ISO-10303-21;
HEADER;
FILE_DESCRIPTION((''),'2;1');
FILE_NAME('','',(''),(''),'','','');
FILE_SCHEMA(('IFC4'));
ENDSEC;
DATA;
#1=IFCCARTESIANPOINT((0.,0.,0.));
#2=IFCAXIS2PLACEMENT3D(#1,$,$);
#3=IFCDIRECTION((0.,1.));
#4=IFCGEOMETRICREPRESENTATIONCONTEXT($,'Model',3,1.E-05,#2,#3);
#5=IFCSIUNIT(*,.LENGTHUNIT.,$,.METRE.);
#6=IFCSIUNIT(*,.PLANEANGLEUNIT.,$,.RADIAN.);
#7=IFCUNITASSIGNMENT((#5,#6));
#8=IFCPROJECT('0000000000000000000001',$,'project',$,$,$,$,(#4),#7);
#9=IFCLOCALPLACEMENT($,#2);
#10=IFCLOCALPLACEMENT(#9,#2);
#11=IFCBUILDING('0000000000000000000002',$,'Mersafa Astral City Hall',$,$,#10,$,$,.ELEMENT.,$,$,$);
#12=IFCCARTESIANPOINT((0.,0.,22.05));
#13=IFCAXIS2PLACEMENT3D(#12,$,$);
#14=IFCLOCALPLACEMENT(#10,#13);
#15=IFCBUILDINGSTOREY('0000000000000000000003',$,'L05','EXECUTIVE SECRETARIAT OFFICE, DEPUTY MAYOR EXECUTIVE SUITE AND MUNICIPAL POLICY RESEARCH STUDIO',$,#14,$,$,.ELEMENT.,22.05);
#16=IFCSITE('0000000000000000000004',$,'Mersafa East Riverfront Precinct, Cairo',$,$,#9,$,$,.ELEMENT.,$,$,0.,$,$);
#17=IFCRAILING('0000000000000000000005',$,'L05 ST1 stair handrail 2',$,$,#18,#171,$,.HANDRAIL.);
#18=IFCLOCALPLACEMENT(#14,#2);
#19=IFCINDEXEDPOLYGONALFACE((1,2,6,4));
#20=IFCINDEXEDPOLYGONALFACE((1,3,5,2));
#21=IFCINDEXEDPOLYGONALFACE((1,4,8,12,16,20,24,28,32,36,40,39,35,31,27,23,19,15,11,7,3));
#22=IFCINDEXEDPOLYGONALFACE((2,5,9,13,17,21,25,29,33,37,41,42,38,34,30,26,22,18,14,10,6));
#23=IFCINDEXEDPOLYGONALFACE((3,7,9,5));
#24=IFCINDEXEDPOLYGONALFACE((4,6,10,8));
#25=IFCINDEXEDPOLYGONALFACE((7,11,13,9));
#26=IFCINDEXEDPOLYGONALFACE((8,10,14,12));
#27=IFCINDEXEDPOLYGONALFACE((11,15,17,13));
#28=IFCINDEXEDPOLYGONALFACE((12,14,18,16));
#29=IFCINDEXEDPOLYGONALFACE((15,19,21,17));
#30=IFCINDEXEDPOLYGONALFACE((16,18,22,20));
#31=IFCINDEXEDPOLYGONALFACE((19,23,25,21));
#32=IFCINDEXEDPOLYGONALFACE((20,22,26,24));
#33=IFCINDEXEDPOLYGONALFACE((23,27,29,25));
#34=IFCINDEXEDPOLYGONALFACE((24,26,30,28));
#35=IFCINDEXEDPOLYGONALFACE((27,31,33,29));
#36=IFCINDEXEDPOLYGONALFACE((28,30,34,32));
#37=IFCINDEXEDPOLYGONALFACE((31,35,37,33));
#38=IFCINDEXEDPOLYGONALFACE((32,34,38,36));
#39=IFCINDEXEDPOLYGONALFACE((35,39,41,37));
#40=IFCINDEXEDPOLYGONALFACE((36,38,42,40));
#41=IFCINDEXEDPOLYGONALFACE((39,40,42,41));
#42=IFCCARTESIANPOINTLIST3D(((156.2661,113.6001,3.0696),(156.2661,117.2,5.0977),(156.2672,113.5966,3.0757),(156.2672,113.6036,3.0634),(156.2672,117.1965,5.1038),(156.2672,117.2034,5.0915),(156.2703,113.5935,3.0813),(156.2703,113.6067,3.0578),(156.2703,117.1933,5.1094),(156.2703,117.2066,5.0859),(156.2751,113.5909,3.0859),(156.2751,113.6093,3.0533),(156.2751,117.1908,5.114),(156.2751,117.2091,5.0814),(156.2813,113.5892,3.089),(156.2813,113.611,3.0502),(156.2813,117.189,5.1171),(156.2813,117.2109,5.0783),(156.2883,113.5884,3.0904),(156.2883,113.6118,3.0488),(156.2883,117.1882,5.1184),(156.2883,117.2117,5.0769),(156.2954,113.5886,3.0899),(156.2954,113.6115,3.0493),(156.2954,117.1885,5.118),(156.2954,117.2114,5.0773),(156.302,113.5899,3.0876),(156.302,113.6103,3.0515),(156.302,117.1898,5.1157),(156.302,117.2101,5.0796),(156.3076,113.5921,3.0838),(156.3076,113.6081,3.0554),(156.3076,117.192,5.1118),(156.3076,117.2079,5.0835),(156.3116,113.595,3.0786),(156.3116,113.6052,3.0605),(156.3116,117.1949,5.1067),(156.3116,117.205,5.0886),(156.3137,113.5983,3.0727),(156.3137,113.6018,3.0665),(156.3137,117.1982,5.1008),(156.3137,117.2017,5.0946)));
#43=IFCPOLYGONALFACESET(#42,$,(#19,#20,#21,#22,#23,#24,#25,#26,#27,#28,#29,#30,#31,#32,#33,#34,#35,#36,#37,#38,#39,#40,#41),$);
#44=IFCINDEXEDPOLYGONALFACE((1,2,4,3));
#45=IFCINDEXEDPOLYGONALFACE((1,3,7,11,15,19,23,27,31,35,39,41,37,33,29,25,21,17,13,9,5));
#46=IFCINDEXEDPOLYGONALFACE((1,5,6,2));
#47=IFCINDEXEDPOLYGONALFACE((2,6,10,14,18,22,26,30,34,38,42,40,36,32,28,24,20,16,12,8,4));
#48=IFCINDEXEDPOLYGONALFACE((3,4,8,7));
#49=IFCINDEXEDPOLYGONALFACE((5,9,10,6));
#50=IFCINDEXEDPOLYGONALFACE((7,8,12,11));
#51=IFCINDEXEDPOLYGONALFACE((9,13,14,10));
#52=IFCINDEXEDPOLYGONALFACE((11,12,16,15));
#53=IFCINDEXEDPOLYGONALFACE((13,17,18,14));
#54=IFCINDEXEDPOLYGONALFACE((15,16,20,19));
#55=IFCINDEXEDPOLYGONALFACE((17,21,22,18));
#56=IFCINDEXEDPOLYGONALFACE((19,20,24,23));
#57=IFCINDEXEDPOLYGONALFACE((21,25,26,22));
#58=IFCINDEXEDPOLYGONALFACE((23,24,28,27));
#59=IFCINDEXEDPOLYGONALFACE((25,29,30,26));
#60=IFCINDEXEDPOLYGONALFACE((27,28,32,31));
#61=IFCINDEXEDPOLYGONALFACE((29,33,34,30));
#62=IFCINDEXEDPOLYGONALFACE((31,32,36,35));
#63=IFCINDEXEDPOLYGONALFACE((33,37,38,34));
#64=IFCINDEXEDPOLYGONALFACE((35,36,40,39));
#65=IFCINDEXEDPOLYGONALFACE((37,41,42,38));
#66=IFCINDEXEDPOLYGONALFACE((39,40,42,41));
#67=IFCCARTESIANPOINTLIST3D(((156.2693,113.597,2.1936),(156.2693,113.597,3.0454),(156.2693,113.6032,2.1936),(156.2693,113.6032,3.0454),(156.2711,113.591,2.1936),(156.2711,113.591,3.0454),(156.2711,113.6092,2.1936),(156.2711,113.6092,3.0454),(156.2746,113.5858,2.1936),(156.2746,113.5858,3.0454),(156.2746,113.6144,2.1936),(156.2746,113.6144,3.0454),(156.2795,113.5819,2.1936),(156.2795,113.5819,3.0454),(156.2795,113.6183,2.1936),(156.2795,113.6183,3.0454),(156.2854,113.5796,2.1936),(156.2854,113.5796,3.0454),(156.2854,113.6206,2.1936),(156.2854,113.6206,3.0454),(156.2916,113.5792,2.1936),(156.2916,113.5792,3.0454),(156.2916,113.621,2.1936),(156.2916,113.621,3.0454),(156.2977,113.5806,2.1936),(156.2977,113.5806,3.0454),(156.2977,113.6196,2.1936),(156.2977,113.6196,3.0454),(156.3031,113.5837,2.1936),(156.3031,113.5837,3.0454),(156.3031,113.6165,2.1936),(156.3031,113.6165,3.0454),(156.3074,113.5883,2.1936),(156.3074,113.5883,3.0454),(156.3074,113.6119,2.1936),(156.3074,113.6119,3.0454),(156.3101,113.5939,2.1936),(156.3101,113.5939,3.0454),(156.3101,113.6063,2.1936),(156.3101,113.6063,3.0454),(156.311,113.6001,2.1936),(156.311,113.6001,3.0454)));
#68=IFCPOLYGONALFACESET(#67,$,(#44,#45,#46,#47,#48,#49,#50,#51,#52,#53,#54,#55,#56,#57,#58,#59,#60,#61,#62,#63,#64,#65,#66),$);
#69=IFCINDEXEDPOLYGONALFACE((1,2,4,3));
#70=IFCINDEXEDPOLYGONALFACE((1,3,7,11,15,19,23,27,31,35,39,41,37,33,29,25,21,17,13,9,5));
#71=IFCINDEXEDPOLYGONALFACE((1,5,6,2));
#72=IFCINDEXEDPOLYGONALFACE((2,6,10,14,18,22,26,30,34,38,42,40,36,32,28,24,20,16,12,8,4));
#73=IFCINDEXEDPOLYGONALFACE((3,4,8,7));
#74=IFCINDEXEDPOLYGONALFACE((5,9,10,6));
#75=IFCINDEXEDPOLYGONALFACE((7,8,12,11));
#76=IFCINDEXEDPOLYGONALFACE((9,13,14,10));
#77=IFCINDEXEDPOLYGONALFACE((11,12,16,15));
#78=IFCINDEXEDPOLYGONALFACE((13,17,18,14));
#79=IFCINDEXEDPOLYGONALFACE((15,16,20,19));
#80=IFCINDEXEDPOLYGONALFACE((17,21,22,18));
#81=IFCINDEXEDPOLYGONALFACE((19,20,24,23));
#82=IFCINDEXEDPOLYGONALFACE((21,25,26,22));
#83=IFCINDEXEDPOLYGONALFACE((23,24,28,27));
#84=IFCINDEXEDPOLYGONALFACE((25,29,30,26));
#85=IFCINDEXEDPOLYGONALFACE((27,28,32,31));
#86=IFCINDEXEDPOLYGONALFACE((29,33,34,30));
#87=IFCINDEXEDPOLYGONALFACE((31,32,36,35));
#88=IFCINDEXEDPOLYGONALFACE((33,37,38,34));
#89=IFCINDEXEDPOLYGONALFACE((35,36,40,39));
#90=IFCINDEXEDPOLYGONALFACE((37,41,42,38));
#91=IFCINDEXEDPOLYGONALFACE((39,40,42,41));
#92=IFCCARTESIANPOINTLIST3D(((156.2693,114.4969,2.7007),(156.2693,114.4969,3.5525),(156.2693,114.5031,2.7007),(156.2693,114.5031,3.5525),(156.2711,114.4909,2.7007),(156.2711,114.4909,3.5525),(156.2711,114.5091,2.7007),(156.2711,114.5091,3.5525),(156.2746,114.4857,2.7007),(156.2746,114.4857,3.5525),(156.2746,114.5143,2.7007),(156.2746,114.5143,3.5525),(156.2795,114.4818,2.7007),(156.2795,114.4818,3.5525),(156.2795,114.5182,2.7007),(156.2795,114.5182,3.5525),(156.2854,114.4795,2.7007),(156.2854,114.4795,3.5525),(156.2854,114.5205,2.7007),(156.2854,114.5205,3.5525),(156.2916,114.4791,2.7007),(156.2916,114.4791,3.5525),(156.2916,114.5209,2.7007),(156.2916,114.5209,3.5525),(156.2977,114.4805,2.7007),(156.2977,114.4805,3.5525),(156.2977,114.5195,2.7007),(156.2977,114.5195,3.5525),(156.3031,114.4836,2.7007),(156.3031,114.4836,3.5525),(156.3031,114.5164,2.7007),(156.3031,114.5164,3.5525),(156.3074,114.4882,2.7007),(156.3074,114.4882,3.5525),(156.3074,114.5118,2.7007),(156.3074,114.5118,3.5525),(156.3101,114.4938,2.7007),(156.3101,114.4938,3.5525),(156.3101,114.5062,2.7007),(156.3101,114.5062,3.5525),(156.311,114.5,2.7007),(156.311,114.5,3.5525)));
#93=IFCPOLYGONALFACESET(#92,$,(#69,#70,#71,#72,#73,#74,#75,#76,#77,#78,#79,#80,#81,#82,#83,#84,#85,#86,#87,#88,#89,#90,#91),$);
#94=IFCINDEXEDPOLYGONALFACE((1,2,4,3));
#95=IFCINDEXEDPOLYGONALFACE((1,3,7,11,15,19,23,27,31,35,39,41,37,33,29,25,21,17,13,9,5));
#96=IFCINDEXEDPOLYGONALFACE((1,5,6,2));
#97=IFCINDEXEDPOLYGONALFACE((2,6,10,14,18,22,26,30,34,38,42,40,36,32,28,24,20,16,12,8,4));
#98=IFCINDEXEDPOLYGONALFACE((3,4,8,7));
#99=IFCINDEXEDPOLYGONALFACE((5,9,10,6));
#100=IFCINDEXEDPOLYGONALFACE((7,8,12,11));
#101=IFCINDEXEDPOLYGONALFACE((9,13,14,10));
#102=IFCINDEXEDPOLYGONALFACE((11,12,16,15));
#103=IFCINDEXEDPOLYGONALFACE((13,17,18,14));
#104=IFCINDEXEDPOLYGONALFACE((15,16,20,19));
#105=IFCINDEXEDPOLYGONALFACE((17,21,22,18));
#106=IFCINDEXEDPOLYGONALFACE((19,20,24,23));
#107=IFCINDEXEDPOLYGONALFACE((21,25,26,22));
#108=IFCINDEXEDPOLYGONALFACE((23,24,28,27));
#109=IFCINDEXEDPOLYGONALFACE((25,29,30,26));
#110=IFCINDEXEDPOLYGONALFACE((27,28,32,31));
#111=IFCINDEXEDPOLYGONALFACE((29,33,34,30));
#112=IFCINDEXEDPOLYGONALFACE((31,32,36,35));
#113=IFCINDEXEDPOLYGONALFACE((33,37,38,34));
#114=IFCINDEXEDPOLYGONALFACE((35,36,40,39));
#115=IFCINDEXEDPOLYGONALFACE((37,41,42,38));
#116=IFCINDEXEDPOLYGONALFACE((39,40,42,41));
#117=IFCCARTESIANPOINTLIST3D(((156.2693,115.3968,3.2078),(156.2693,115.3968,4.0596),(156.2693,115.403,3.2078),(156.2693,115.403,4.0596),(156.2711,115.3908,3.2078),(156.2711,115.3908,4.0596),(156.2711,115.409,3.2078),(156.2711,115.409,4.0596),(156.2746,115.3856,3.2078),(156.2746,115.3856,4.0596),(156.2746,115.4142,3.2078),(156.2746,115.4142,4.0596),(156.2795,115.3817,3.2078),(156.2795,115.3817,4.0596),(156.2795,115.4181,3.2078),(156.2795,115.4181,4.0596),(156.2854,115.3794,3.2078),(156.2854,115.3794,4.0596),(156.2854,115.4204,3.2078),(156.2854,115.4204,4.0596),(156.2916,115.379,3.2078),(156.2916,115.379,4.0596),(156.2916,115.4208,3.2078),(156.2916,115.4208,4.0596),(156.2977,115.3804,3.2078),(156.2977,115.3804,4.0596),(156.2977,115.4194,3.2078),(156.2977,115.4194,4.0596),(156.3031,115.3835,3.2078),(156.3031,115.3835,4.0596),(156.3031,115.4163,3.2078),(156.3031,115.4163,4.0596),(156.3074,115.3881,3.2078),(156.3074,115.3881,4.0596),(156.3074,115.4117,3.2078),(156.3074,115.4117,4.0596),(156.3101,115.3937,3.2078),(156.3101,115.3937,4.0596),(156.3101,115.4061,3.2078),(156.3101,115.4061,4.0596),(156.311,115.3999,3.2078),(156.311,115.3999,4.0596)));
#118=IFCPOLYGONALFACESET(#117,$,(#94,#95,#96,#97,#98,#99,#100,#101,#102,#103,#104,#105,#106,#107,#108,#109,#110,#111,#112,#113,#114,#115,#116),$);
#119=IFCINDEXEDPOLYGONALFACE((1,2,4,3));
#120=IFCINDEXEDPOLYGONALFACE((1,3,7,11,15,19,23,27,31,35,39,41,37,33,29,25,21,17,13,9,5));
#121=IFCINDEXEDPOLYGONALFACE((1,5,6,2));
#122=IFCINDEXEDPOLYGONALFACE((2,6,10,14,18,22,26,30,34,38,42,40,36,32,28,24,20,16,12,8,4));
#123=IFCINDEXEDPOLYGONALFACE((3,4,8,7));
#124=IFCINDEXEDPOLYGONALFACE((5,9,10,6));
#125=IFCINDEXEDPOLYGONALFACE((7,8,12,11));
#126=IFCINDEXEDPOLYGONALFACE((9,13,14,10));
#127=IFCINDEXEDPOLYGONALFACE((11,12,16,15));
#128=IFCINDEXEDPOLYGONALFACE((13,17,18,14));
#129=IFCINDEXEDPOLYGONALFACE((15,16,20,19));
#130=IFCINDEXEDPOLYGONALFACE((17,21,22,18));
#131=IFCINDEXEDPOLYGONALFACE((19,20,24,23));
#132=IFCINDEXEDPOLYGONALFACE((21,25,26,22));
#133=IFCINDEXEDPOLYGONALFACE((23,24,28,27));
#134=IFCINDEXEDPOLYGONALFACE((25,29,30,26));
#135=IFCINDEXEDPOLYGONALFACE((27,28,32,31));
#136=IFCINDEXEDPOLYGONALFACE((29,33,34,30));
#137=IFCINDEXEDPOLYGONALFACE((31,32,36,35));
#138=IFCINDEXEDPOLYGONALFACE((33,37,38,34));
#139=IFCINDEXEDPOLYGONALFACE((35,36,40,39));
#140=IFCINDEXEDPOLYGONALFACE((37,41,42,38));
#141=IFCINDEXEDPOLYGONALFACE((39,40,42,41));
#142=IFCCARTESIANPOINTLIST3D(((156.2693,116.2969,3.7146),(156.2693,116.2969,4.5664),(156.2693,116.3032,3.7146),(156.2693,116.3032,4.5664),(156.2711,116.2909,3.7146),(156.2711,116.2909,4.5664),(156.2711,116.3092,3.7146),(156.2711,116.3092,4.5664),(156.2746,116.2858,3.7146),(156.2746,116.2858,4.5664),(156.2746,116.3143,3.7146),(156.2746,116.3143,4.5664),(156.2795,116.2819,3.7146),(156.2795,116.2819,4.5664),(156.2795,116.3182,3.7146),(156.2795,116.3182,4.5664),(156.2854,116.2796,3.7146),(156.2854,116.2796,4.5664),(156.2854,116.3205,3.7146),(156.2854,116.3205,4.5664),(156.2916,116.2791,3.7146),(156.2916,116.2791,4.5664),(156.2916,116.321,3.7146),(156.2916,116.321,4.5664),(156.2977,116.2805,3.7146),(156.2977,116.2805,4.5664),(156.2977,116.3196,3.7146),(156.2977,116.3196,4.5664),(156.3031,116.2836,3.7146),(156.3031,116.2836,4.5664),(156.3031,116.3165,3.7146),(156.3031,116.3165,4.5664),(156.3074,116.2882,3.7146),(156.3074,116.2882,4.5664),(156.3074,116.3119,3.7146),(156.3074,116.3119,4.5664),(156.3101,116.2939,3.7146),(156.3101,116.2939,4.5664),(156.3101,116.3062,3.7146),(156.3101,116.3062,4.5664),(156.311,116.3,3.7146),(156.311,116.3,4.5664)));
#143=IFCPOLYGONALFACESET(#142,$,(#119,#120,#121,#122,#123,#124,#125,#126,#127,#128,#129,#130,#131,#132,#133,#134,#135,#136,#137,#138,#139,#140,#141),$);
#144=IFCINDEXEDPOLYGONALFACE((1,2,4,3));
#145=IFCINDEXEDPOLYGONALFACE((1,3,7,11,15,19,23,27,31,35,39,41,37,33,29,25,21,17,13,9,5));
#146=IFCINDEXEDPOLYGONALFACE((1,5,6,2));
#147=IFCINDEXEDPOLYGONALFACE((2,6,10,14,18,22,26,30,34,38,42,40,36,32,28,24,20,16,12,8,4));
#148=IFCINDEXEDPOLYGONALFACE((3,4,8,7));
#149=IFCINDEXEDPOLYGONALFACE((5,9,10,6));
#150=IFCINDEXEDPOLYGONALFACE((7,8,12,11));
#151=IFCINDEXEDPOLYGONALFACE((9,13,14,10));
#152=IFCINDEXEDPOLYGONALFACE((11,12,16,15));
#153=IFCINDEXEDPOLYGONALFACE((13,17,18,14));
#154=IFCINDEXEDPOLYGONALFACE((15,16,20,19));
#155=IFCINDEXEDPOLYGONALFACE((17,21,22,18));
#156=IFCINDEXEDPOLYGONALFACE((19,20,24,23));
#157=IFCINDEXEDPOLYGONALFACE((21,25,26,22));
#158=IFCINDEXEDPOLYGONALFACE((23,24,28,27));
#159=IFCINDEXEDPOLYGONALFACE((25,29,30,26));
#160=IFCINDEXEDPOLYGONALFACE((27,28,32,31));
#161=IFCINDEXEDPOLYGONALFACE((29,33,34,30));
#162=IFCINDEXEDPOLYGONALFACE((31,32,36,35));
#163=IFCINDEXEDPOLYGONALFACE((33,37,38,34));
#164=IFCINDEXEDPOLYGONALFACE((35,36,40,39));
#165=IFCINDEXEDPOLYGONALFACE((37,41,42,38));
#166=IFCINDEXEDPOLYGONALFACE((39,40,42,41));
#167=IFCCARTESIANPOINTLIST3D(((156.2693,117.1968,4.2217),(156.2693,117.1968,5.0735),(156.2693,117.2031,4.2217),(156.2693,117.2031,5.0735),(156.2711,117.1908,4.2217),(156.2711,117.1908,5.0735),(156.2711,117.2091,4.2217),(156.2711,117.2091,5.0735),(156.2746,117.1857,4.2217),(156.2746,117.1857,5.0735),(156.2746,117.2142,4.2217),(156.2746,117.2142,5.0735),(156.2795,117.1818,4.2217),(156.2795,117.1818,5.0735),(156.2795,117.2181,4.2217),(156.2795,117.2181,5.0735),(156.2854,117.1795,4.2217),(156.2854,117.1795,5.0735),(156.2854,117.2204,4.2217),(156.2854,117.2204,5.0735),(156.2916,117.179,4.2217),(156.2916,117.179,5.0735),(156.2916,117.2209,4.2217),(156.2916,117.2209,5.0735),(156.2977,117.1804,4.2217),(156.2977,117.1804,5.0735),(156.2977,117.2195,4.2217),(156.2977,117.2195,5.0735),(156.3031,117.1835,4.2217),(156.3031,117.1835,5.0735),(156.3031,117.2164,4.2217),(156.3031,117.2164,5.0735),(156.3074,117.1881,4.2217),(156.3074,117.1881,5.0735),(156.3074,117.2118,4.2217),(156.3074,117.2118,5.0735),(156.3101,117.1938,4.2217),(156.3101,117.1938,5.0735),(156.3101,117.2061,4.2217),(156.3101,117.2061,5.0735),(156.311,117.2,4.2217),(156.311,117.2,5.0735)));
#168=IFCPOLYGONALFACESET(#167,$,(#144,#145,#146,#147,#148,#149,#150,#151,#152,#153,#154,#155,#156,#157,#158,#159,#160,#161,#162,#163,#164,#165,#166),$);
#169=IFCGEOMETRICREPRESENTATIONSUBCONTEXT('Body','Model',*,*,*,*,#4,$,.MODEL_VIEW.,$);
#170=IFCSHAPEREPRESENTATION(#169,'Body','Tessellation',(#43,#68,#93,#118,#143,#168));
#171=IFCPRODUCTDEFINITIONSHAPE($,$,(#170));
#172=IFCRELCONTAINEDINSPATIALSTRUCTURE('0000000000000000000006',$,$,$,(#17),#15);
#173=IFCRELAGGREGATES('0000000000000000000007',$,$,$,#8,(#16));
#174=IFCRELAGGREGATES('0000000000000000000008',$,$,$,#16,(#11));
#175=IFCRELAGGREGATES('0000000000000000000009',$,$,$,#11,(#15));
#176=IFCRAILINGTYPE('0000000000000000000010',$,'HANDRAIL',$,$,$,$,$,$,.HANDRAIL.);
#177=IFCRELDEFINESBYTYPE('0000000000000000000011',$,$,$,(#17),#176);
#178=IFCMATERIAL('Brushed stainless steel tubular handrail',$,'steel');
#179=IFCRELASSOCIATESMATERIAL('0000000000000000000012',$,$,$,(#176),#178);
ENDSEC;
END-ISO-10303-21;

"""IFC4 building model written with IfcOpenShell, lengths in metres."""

from ifc_helpers import new_model, si_unit, direction, frame, origin, origin_2d, place, context, subcontext, project, spatial, circle, extrude, material, type_object, element, save


model = new_model("IFC4")

# Units and contexts
model_context = context("Model", 3, precision=1e-05, world=origin(), true_north=direction((0.0, 1.0)))
body_context = subcontext(model_context, "Body", "Model", "MODEL_VIEW")
ifc_project = project(units=[si_unit("LENGTHUNIT", "METRE"), si_unit("PLANEANGLEUNIT", "RADIAN")], contexts=[model_context])

# Site, building, storey
site_placement = place(None, origin())
site = spatial("IfcSite", under=ifc_project, at=site_placement, Name="Mersafa East Riverfront Precinct, Cairo", CompositionType="ELEMENT", RefElevation=0.0)
building_placement = place(site_placement, origin())
building = spatial("IfcBuilding", under=site, at=building_placement, Name="Mersafa Astral City Hall", CompositionType="ELEMENT")
storey_placement = place(building_placement, frame((0.0, 0.0, 22.05)))
storey = spatial("IfcBuildingStorey", under=building, at=storey_placement, Name="L05", Description="EXECUTIVE SECRETARIAT OFFICE, DEPUTY MAYOR EXECUTIVE SUITE AND MUNICIPAL POLICY RESEARCH STUDIO", CompositionType="ELEMENT", Elevation=22.05)

# Railing
ifc_material_1 = material(Name="Brushed stainless steel tubular handrail", Category="steel")
railing_type_1 = type_object("IfcRailingType", Name="HANDRAIL", PredefinedType="HANDRAIL", material=ifc_material_1)
railing_1_placement = place(storey_placement, frame((156.29, 113.6001, 2.1936)))
element("IfcRailing", 1, at=railing_1_placement, inside=storey, type_object=railing_type_1, Name="L05 ST1 stair handrail 2", PredefinedType="HANDRAIL", context=body_context, shape_type="SweptSolid", body=[
    extrude(circle(Radius=0.0239, at=origin_2d()), frame((0.0, 0.0, 0.876), z_axis=(0.0, 0.871249, 0.490842), x_axis=(-1.0, 0.0, 0.0)), (0.0, 0.0, 1.0), 4.1318),
    extrude(circle(Radius=0.021, at=origin_2d()), origin(), (0.0, 0.0, 1.0), 0.8518),
    extrude(circle(Radius=0.021, at=origin_2d()), frame((0.0, 0.8999, 0.5071)), (0.0, 0.0, 1.0), 0.8518),
    extrude(circle(Radius=0.021, at=origin_2d()), frame((0.0, 1.7998, 1.0142)), (0.0, 0.0, 1.0), 0.8518),
    extrude(circle(Radius=0.021, at=origin_2d()), frame((0.0, 2.7, 1.521)), (0.0, 0.0, 1.0), 0.8518),
    extrude(circle(Radius=0.021, at=origin_2d()), frame((0.0, 3.5999, 2.0281)), (0.0, 0.0, 1.0), 0.8518),
])

save(model, "model.ifc")
